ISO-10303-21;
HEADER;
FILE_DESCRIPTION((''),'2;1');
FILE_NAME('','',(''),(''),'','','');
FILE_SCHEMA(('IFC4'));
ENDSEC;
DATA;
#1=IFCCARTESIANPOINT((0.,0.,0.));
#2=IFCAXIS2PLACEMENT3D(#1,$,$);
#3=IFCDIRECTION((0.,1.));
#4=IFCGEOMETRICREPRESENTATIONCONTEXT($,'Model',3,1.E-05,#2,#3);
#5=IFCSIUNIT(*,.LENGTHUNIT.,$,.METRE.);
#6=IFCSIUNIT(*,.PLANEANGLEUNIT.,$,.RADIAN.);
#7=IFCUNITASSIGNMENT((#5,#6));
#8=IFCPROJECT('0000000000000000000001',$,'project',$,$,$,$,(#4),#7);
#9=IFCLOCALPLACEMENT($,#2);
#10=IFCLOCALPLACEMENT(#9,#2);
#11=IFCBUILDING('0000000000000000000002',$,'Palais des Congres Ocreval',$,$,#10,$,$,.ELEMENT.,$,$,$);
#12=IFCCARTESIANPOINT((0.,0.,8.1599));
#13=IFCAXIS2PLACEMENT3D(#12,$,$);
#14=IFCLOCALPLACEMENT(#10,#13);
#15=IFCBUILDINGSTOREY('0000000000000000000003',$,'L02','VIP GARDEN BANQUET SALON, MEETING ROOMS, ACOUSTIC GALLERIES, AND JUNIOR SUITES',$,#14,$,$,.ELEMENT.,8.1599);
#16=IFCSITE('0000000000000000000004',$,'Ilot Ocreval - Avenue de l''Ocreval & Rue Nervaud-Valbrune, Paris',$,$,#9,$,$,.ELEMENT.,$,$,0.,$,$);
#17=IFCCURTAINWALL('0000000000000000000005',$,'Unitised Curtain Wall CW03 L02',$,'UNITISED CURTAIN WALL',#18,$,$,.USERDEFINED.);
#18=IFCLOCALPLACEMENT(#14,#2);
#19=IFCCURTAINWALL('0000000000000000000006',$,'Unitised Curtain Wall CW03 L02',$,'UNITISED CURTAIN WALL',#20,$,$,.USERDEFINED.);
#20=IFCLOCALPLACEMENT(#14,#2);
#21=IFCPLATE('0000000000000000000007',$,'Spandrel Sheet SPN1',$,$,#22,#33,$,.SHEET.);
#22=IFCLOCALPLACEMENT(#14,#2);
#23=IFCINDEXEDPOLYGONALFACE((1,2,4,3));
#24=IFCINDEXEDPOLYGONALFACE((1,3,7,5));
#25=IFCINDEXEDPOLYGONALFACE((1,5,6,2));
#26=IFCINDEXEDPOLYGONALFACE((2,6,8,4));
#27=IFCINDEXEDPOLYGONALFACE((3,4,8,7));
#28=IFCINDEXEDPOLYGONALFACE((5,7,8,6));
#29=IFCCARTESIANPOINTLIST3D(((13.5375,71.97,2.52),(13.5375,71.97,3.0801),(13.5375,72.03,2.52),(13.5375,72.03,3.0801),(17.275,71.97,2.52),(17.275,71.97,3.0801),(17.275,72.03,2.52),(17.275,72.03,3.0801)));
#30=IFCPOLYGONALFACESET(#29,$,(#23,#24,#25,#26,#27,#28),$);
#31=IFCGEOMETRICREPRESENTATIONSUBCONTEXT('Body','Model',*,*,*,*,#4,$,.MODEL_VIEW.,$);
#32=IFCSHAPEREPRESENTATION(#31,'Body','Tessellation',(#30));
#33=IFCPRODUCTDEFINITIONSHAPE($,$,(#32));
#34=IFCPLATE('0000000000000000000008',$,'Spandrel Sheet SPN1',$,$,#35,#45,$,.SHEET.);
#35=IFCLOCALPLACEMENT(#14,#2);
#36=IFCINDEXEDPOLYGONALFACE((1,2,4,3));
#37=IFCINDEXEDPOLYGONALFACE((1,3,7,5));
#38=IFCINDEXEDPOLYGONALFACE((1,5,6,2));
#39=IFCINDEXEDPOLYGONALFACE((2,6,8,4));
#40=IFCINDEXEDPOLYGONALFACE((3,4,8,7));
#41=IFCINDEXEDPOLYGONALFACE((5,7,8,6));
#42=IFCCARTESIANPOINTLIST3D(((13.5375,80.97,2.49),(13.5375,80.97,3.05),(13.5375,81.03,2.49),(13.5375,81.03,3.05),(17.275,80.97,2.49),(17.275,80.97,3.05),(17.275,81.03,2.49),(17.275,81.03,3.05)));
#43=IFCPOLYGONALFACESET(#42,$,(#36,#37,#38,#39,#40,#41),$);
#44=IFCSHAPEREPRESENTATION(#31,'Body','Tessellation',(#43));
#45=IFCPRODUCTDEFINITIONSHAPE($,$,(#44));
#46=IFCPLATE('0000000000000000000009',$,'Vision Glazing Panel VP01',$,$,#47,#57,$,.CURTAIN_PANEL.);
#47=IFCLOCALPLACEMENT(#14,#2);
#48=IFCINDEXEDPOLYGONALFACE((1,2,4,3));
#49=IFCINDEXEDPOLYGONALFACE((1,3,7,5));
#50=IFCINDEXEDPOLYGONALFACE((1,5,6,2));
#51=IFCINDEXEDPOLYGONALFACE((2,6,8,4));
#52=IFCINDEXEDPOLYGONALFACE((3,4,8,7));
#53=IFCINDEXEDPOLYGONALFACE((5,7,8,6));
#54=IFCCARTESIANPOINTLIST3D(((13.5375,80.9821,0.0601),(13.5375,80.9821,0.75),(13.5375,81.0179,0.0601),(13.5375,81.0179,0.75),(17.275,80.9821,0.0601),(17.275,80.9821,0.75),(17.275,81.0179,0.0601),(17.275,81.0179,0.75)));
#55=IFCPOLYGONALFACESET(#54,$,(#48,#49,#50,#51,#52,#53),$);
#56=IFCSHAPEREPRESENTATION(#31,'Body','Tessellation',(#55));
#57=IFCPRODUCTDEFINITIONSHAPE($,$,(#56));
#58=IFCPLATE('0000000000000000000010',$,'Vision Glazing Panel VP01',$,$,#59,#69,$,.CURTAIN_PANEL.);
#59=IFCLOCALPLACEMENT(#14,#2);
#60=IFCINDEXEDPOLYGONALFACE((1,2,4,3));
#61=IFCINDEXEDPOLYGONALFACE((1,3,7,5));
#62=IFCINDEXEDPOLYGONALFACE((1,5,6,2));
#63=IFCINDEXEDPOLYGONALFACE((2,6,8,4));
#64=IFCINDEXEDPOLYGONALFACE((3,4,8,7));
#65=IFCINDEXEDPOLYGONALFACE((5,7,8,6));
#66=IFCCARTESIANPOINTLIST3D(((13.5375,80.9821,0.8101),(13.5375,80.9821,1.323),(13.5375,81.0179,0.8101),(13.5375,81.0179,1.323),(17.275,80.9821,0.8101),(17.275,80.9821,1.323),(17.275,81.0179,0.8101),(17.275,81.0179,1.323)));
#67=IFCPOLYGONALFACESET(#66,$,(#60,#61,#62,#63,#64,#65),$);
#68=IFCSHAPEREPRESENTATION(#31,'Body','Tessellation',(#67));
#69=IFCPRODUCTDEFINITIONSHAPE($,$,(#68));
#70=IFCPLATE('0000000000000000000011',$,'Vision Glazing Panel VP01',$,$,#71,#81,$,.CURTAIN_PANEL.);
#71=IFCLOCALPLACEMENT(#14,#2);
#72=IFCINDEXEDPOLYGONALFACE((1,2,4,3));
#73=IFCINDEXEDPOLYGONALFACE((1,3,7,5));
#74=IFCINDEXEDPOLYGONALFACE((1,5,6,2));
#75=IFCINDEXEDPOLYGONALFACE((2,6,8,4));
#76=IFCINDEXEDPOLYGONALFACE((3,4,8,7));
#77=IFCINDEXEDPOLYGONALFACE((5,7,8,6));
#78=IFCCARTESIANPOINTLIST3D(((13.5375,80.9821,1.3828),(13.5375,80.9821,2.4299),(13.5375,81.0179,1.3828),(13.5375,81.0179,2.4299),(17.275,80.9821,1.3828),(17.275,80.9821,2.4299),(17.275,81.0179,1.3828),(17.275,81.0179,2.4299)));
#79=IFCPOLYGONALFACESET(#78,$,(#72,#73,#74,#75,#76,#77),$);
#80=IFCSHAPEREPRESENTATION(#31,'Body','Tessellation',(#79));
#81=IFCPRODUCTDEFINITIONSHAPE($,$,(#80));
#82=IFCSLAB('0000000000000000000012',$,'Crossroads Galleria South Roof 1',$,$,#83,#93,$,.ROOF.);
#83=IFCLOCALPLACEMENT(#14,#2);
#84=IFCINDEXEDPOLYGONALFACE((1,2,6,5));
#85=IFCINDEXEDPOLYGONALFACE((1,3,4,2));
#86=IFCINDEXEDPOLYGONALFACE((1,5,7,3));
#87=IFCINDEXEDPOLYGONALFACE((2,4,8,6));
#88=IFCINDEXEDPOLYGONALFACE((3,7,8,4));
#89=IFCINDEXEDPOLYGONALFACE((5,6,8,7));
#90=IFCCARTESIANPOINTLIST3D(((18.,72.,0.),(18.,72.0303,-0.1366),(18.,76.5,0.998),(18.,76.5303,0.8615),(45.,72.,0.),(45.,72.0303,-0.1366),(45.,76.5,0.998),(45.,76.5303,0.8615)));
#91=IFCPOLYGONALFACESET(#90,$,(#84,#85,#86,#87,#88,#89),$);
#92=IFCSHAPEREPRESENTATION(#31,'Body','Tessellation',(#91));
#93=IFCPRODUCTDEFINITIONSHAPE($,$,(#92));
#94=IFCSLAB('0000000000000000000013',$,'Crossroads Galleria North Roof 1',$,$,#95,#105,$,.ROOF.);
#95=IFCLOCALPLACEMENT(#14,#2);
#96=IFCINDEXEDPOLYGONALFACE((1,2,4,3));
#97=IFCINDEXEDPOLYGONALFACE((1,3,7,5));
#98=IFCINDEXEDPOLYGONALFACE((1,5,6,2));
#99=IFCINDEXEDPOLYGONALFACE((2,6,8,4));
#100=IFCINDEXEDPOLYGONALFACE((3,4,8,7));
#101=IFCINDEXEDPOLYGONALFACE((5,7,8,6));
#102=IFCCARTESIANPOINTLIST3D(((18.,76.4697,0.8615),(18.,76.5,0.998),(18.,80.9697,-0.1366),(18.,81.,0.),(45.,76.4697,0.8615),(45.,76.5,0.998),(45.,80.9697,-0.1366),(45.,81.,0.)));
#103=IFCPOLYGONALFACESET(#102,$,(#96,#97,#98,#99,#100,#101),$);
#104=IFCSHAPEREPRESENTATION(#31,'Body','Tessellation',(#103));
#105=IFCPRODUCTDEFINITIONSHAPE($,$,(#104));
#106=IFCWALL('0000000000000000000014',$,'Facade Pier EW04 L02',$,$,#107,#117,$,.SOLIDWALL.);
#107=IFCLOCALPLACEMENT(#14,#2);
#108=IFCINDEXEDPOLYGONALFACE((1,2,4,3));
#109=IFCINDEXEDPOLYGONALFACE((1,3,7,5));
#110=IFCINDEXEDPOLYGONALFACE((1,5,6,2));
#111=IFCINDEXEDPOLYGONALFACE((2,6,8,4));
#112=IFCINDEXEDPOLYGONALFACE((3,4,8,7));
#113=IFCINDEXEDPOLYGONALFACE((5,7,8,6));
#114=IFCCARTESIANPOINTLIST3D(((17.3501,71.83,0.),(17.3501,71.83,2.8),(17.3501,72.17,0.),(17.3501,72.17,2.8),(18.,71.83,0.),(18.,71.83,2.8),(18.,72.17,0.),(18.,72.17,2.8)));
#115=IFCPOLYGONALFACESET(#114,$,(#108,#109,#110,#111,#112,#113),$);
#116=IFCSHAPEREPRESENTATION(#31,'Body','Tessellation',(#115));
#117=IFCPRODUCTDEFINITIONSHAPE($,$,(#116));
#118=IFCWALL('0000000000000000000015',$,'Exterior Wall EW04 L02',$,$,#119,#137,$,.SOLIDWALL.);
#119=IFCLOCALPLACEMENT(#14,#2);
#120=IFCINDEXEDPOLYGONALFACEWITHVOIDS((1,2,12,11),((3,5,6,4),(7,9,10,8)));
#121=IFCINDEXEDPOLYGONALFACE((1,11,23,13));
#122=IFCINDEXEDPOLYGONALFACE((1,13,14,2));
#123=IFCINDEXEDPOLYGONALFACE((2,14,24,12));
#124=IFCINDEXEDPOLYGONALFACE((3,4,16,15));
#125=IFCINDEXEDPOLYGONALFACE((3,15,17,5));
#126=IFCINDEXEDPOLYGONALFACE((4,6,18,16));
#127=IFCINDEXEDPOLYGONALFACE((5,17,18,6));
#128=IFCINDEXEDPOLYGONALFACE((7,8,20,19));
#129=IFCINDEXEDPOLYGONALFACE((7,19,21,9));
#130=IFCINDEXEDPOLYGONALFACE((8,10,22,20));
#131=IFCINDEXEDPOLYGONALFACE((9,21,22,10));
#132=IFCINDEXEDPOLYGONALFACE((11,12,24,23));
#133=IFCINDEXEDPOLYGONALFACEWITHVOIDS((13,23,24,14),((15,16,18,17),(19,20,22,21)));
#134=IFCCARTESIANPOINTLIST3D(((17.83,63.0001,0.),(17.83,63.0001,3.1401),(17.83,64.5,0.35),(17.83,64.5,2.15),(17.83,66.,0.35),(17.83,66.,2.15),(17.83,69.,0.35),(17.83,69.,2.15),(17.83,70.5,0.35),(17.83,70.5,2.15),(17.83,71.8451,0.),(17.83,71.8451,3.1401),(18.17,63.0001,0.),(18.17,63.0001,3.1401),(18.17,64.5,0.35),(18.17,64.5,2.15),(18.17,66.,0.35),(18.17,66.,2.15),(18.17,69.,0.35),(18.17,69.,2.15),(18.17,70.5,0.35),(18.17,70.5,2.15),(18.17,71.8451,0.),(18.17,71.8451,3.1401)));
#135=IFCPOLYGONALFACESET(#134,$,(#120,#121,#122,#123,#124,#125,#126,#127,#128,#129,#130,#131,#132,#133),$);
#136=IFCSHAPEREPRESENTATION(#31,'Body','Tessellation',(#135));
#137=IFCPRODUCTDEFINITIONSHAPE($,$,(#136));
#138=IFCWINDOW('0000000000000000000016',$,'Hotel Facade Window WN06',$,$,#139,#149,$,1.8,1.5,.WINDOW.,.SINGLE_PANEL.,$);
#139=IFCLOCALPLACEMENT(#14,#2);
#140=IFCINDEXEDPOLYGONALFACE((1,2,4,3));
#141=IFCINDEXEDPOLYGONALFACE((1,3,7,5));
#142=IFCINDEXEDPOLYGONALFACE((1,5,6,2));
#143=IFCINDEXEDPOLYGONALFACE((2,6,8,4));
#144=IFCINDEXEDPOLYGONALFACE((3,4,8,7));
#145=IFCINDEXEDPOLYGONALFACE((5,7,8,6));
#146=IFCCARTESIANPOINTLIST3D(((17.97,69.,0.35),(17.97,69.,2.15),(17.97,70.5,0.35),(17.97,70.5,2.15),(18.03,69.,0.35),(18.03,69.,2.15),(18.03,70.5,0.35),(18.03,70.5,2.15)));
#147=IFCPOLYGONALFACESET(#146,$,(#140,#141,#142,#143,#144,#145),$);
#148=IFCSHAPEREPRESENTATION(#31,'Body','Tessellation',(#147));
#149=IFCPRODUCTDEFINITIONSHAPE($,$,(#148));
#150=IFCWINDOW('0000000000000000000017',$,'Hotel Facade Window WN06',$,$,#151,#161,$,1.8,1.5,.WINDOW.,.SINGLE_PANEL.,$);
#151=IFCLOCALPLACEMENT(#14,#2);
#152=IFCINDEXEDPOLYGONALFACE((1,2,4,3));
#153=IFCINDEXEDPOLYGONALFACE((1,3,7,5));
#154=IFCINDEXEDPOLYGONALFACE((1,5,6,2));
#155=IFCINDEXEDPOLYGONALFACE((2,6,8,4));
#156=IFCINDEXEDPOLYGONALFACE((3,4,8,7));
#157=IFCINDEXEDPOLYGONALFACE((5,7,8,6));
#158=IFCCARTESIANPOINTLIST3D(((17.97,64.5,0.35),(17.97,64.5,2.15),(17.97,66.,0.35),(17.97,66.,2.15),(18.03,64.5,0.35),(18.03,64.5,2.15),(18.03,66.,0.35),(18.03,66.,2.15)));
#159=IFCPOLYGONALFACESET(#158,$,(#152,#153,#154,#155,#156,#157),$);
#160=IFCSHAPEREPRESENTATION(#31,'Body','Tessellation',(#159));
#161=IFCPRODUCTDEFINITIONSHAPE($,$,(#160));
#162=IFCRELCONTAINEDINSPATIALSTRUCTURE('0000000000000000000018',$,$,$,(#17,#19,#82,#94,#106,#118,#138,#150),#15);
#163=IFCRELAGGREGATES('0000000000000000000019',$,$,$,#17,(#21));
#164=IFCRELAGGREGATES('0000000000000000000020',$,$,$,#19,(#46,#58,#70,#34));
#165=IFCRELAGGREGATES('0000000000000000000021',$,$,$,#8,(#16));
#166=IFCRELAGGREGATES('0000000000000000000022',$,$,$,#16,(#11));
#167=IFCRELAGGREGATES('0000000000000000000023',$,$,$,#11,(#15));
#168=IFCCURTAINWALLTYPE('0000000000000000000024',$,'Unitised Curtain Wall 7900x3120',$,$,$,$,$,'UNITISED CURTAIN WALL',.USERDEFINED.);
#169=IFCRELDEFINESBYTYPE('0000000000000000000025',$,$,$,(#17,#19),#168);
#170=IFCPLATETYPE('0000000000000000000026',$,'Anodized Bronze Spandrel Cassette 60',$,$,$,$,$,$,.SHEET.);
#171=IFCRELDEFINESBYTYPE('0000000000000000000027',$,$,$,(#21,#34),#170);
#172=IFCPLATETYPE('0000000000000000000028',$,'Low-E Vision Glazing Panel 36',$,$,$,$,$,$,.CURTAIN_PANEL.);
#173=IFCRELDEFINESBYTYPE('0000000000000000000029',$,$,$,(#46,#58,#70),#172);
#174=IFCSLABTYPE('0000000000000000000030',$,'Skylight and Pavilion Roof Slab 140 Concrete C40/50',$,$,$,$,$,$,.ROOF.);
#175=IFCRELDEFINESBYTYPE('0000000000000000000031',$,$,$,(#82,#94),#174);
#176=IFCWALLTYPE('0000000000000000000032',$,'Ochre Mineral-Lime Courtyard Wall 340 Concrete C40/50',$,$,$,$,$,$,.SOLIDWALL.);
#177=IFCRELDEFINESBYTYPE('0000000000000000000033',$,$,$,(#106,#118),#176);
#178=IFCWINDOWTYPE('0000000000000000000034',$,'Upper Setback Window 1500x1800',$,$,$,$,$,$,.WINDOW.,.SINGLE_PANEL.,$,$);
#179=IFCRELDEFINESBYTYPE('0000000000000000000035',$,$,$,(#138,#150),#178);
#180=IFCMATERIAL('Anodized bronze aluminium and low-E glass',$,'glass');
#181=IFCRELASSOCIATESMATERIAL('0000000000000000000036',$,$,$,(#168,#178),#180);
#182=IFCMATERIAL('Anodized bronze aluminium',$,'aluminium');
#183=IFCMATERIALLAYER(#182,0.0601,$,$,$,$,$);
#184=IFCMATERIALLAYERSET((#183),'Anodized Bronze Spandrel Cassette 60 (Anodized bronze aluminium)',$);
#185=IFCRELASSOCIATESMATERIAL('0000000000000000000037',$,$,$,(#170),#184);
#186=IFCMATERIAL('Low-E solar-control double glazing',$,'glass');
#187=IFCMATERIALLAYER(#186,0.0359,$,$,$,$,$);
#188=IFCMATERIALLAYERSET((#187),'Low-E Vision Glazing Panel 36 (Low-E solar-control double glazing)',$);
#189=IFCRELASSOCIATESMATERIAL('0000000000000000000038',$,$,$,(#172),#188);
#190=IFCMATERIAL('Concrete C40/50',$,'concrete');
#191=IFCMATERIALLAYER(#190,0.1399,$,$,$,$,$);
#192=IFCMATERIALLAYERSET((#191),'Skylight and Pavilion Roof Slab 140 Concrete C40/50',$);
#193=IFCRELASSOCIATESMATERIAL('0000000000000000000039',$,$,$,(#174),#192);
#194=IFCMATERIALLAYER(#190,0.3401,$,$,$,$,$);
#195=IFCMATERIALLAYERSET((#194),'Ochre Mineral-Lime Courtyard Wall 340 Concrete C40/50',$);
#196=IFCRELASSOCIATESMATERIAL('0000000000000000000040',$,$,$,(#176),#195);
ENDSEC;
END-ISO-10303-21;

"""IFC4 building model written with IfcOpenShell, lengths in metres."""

from ifc_helpers import new_model, si_unit, direction, frame, frame_2d, origin, origin_2d, place, context, subcontext, project, spatial, polyline, rectangle, outline, extrude, material, layer, layer_set, type_object, element, fill, aggregate, save


model = new_model("IFC4")

# Units and contexts
model_context = context("Model", 3, precision=1e-05, world=origin(), true_north=direction((0.0, 1.0)))
body_context = subcontext(model_context, "Body", "Model", "MODEL_VIEW")
ifc_project = project(units=[si_unit("LENGTHUNIT", "METRE"), si_unit("PLANEANGLEUNIT", "RADIAN")], contexts=[model_context])

# Site, building, storey
site_placement = place(None, origin())
site = spatial("IfcSite", under=ifc_project, at=site_placement, Name="Ilot Ocreval - Avenue de l'Ocreval & Rue Nervaud-Valbrune, Paris", CompositionType="ELEMENT", RefElevation=0.0)
building_placement = place(site_placement, origin())
building = spatial("IfcBuilding", under=site, at=building_placement, Name="Palais des Congres Ocreval", CompositionType="ELEMENT")
storey_placement = place(building_placement, frame((0.0, 0.0, 8.1599)))
storey = spatial("IfcBuildingStorey", under=building, at=storey_placement, Name="L02", Description="VIP GARDEN BANQUET SALON, MEETING ROOMS, ACOUSTIC GALLERIES, AND JUNIOR SUITES", CompositionType="ELEMENT", Elevation=8.1599)

# Shared definitions
ifc_material_1 = material(Name="Concrete C40/50", Category="concrete")

# Curtain walls
ifc_material_2 = material(Name="Anodized bronze aluminium and low-E glass", Category="glass")
curtain_wall_type = type_object("IfcCurtainWallType", Name="Unitised Curtain Wall 7900x3120", ElementType="UNITISED CURTAIN WALL", PredefinedType="USERDEFINED", material=ifc_material_2)
curtain_wall_1_placement = place(storey_placement, origin())
curtain_wall_1 = element("IfcCurtainWall", 1, at=curtain_wall_1_placement, inside=storey, type_object=curtain_wall_type, Name="Unitised Curtain Wall CW03 L02", ObjectType="UNITISED CURTAIN WALL", PredefinedType="USERDEFINED")
ifc_material_3 = material(Name="Anodized bronze aluminium", Category="aluminium")
curtain_wall_2_placement = place(storey_placement, origin())
curtain_wall_2 = element("IfcCurtainWall", 2, at=curtain_wall_2_placement, inside=storey, type_object=curtain_wall_type, Name="Unitised Curtain Wall CW03 L02", ObjectType="UNITISED CURTAIN WALL", PredefinedType="USERDEFINED")

# Plates
ifc_layer_1 = layer(ifc_material_3, 0.0601)
ifc_layer_set_1 = layer_set([ifc_layer_1], Name="Anodized Bronze Spandrel Cassette 60 (Anodized bronze aluminium)")
plate_type_1 = type_object("IfcPlateType", Name="Anodized Bronze Spandrel Cassette 60", PredefinedType="SHEET", material=ifc_layer_set_1)
plate_1_placement = place(storey_placement, frame((15.4062, 72.0, 2.52), z_axis=(0.0, 0.0, 1.0), x_axis=(1.0, 0.0, 0.0)))
plate_1 = element("IfcPlate", 3, at=plate_1_placement, type_object=plate_type_1, Name="Spandrel Sheet SPN1", PredefinedType="SHEET", context=body_context, shape_type="SweptSolid", body=[
    extrude(rectangle(XDim=3.7375, YDim=0.0601, at=origin_2d()), origin(), (0.0, 0.0, 1.0), 0.5601),
])
aggregate(curtain_wall_1, [plate_1])
plate_2_placement = place(storey_placement, frame((15.4062, 81.0, 2.49), z_axis=(0.0, 0.0, 1.0), x_axis=(-1.0, 0.0, 0.0)))
plate_2 = element("IfcPlate", 4, at=plate_2_placement, type_object=plate_type_1, Name="Spandrel Sheet SPN1", PredefinedType="SHEET", context=body_context, shape_type="SweptSolid", body=[
    extrude(rectangle(XDim=3.7375, YDim=0.0601, at=origin_2d()), origin(), (0.0, 0.0, 1.0), 0.5601),
])
ifc_material_4 = material(Name="Low-E solar-control double glazing", Category="glass")
ifc_layer_2 = layer(ifc_material_4, 0.0359)
ifc_layer_set_2 = layer_set([ifc_layer_2], Name="Low-E Vision Glazing Panel 36 (Low-E solar-control double glazing)")
plate_type_2 = type_object("IfcPlateType", Name="Low-E Vision Glazing Panel 36", PredefinedType="CURTAIN_PANEL", material=ifc_layer_set_2)
plate_3_placement = place(storey_placement, frame((15.4062, 81.0, 0.0601), z_axis=(0.0, 0.0, 1.0), x_axis=(-1.0, 0.0, 0.0)))
plate_3 = element("IfcPlate", 5, at=plate_3_placement, type_object=plate_type_2, Name="Vision Glazing Panel VP01", PredefinedType="CURTAIN_PANEL", context=body_context, shape_type="SweptSolid", body=[
    extrude(rectangle(XDim=3.7375, YDim=0.0359, at=origin_2d()), origin(), (0.0, 0.0, 1.0), 0.6899),
])
plate_4_placement = place(storey_placement, frame((15.4062, 81.0, 0.8101), z_axis=(0.0, 0.0, 1.0), x_axis=(-1.0, 0.0, 0.0)))
plate_4 = element("IfcPlate", 6, at=plate_4_placement, type_object=plate_type_2, Name="Vision Glazing Panel VP01", PredefinedType="CURTAIN_PANEL", context=body_context, shape_type="SweptSolid", body=[
    extrude(rectangle(XDim=3.7375, YDim=0.0359, at=origin_2d()), origin(), (0.0, 0.0, 1.0), 0.5129),
])
plate_5_placement = place(storey_placement, frame((15.4062, 81.0, 1.3828), z_axis=(0.0, 0.0, 1.0), x_axis=(-1.0, 0.0, 0.0)))
plate_5 = element("IfcPlate", 7, at=plate_5_placement, type_object=plate_type_2, Name="Vision Glazing Panel VP01", PredefinedType="CURTAIN_PANEL", context=body_context, shape_type="SweptSolid", body=[
    extrude(rectangle(XDim=3.7375, YDim=0.0359, at=origin_2d()), origin(), (0.0, 0.0, 1.0), 1.0471),
])
aggregate(curtain_wall_2, [plate_3, plate_4, plate_5, plate_2])

# Slabs
ifc_layer_3 = layer(ifc_material_1, 0.1399)
ifc_layer_set_3 = layer_set([ifc_layer_3], Name="Skylight and Pavilion Roof Slab 140 Concrete C40/50")
slab_type = type_object("IfcSlabType", Name="Skylight and Pavilion Roof Slab 140 Concrete C40/50", PredefinedType="ROOF", material=ifc_layer_set_3)
for number, where, z_axis, x_axis, name in (
    (8, (18.0, 72.0, 0.0), (0.0, -0.216527, 0.976277), (1.0, 0.0, 0.0), "Crossroads Galleria South Roof 1"),
    (9, (18.0, 76.5, 0.998), (0.0, 0.216527, 0.976277), (1.0, 0.0, 0.0), "Crossroads Galleria North Roof 1"),
):
    element("IfcSlab", number, at=place(storey_placement, frame(where, z_axis=z_axis, x_axis=x_axis)), inside=storey, type_object=slab_type, Name=name, PredefinedType="ROOF", context=body_context, shape_type="SweptSolid", body=[
        extrude(outline(polyline([(0.0, 0.0), (27.0, 0.0), (27.0, 4.6093), (0.0, 4.6093), (0.0, 0.0)])), origin(), (0.0, 0.0, -1.0), 0.1399),
    ])

# Wall
ifc_layer_4 = layer(ifc_material_1, 0.3401)
ifc_layer_set_4 = layer_set([ifc_layer_4], Name="Ochre Mineral-Lime Courtyard Wall 340 Concrete C40/50")
wall_type = type_object("IfcWallType", Name="Ochre Mineral-Lime Courtyard Wall 340 Concrete C40/50", PredefinedType="SOLIDWALL", material=ifc_layer_set_4)
wall_1_placement = place(storey_placement, frame((17.3501, 72.0, 0.0), z_axis=(0.0, 0.0, 1.0), x_axis=(1.0, 0.0, 0.0)))
element("IfcWall", 10, at=wall_1_placement, inside=storey, type_object=wall_type, Name="Facade Pier EW04 L02", PredefinedType="SOLIDWALL", context=body_context, shape_type="SweptSolid", body=[
    extrude(rectangle(XDim=0.6499, YDim=0.3401, at=frame_2d((0.325, 0.0))), origin(), (0.0, 0.0, 1.0), 2.8),
])

# Wall, openings, windows
wall_2_placement = place(storey_placement, frame((18.0, 71.845, 0.0), z_axis=(0.0, 0.0, 1.0), x_axis=(0.0, -1.0, 0.0)))
wall_2 = element("IfcWall", 11, at=wall_2_placement, inside=storey, type_object=wall_type, Name="Exterior Wall EW04 L02", PredefinedType="SOLIDWALL", context=body_context, shape_type="SweptSolid", body=[
    extrude(rectangle(XDim=8.845, YDim=0.3401, at=frame_2d((4.4224, 0.0))), origin(), (0.0, 0.0, 1.0), 3.1401),
])
opening_1_placement = place(wall_2_placement, frame((1.345, 0.0, 0.3501)))
opening_1 = element("IfcOpeningElement", 12, at=opening_1_placement, cuts=wall_2, PredefinedType="OPENING", context=body_context, shape_type="SweptSolid", body=[
    extrude(rectangle(XDim=1.5, YDim=1.8, at=frame_2d((0.75, 0.8999))), frame((0.0, 0.1799, 0.0), z_axis=(0.0, -1.0, 0.0), x_axis=(1.0, 0.0, 0.0)), (0.0, 0.0, 1.0), 0.3601),
])
opening_2_placement = place(wall_2_placement, frame((5.845, 0.0, 0.3501)))
opening_2 = element("IfcOpeningElement", 13, at=opening_2_placement, cuts=wall_2, PredefinedType="OPENING", context=body_context, shape_type="SweptSolid", body=[
    extrude(rectangle(XDim=1.5, YDim=1.8, at=frame_2d((0.75, 0.8999))), frame((0.0, 0.1799, 0.0), z_axis=(0.0, -1.0, 0.0), x_axis=(1.0, 0.0, 0.0)), (0.0, 0.0, 1.0), 0.3601),
])
window_type = type_object("IfcWindowType", Name="Upper Setback Window 1500x1800", PartitioningType="SINGLE_PANEL", PredefinedType="WINDOW", material=ifc_material_2)
window_1_placement = place(opening_1_placement, origin())
window_1 = element("IfcWindow", 14, at=window_1_placement, inside=storey, type_object=window_type, Name="Hotel Facade Window WN06", OverallHeight=1.8, OverallWidth=1.5, PartitioningType="SINGLE_PANEL", PredefinedType="WINDOW", context=body_context, shape_type="SweptSolid", body=[
    extrude(rectangle(XDim=1.5, YDim=1.8, at=frame_2d((0.75, 0.8999))), frame((0.0, 0.03, 0.0), z_axis=(0.0, -1.0, 0.0), x_axis=(1.0, 0.0, 0.0)), (0.0, 0.0, 1.0), 0.0601),
])
fill(opening_1, window_1)
window_2_placement = place(opening_2_placement, origin())
window_2 = element("IfcWindow", 15, at=window_2_placement, inside=storey, type_object=window_type, Name="Hotel Facade Window WN06", OverallHeight=1.8, OverallWidth=1.5, PartitioningType="SINGLE_PANEL", PredefinedType="WINDOW", context=body_context, shape_type="SweptSolid", body=[
    extrude(rectangle(XDim=1.5, YDim=1.8, at=frame_2d((0.75, 0.8999))), frame((0.0, 0.03, 0.0), z_axis=(0.0, -1.0, 0.0), x_axis=(1.0, 0.0, 0.0)), (0.0, 0.0, 1.0), 0.0601),
])
fill(opening_2, window_2)

save(model, "model.ifc")
